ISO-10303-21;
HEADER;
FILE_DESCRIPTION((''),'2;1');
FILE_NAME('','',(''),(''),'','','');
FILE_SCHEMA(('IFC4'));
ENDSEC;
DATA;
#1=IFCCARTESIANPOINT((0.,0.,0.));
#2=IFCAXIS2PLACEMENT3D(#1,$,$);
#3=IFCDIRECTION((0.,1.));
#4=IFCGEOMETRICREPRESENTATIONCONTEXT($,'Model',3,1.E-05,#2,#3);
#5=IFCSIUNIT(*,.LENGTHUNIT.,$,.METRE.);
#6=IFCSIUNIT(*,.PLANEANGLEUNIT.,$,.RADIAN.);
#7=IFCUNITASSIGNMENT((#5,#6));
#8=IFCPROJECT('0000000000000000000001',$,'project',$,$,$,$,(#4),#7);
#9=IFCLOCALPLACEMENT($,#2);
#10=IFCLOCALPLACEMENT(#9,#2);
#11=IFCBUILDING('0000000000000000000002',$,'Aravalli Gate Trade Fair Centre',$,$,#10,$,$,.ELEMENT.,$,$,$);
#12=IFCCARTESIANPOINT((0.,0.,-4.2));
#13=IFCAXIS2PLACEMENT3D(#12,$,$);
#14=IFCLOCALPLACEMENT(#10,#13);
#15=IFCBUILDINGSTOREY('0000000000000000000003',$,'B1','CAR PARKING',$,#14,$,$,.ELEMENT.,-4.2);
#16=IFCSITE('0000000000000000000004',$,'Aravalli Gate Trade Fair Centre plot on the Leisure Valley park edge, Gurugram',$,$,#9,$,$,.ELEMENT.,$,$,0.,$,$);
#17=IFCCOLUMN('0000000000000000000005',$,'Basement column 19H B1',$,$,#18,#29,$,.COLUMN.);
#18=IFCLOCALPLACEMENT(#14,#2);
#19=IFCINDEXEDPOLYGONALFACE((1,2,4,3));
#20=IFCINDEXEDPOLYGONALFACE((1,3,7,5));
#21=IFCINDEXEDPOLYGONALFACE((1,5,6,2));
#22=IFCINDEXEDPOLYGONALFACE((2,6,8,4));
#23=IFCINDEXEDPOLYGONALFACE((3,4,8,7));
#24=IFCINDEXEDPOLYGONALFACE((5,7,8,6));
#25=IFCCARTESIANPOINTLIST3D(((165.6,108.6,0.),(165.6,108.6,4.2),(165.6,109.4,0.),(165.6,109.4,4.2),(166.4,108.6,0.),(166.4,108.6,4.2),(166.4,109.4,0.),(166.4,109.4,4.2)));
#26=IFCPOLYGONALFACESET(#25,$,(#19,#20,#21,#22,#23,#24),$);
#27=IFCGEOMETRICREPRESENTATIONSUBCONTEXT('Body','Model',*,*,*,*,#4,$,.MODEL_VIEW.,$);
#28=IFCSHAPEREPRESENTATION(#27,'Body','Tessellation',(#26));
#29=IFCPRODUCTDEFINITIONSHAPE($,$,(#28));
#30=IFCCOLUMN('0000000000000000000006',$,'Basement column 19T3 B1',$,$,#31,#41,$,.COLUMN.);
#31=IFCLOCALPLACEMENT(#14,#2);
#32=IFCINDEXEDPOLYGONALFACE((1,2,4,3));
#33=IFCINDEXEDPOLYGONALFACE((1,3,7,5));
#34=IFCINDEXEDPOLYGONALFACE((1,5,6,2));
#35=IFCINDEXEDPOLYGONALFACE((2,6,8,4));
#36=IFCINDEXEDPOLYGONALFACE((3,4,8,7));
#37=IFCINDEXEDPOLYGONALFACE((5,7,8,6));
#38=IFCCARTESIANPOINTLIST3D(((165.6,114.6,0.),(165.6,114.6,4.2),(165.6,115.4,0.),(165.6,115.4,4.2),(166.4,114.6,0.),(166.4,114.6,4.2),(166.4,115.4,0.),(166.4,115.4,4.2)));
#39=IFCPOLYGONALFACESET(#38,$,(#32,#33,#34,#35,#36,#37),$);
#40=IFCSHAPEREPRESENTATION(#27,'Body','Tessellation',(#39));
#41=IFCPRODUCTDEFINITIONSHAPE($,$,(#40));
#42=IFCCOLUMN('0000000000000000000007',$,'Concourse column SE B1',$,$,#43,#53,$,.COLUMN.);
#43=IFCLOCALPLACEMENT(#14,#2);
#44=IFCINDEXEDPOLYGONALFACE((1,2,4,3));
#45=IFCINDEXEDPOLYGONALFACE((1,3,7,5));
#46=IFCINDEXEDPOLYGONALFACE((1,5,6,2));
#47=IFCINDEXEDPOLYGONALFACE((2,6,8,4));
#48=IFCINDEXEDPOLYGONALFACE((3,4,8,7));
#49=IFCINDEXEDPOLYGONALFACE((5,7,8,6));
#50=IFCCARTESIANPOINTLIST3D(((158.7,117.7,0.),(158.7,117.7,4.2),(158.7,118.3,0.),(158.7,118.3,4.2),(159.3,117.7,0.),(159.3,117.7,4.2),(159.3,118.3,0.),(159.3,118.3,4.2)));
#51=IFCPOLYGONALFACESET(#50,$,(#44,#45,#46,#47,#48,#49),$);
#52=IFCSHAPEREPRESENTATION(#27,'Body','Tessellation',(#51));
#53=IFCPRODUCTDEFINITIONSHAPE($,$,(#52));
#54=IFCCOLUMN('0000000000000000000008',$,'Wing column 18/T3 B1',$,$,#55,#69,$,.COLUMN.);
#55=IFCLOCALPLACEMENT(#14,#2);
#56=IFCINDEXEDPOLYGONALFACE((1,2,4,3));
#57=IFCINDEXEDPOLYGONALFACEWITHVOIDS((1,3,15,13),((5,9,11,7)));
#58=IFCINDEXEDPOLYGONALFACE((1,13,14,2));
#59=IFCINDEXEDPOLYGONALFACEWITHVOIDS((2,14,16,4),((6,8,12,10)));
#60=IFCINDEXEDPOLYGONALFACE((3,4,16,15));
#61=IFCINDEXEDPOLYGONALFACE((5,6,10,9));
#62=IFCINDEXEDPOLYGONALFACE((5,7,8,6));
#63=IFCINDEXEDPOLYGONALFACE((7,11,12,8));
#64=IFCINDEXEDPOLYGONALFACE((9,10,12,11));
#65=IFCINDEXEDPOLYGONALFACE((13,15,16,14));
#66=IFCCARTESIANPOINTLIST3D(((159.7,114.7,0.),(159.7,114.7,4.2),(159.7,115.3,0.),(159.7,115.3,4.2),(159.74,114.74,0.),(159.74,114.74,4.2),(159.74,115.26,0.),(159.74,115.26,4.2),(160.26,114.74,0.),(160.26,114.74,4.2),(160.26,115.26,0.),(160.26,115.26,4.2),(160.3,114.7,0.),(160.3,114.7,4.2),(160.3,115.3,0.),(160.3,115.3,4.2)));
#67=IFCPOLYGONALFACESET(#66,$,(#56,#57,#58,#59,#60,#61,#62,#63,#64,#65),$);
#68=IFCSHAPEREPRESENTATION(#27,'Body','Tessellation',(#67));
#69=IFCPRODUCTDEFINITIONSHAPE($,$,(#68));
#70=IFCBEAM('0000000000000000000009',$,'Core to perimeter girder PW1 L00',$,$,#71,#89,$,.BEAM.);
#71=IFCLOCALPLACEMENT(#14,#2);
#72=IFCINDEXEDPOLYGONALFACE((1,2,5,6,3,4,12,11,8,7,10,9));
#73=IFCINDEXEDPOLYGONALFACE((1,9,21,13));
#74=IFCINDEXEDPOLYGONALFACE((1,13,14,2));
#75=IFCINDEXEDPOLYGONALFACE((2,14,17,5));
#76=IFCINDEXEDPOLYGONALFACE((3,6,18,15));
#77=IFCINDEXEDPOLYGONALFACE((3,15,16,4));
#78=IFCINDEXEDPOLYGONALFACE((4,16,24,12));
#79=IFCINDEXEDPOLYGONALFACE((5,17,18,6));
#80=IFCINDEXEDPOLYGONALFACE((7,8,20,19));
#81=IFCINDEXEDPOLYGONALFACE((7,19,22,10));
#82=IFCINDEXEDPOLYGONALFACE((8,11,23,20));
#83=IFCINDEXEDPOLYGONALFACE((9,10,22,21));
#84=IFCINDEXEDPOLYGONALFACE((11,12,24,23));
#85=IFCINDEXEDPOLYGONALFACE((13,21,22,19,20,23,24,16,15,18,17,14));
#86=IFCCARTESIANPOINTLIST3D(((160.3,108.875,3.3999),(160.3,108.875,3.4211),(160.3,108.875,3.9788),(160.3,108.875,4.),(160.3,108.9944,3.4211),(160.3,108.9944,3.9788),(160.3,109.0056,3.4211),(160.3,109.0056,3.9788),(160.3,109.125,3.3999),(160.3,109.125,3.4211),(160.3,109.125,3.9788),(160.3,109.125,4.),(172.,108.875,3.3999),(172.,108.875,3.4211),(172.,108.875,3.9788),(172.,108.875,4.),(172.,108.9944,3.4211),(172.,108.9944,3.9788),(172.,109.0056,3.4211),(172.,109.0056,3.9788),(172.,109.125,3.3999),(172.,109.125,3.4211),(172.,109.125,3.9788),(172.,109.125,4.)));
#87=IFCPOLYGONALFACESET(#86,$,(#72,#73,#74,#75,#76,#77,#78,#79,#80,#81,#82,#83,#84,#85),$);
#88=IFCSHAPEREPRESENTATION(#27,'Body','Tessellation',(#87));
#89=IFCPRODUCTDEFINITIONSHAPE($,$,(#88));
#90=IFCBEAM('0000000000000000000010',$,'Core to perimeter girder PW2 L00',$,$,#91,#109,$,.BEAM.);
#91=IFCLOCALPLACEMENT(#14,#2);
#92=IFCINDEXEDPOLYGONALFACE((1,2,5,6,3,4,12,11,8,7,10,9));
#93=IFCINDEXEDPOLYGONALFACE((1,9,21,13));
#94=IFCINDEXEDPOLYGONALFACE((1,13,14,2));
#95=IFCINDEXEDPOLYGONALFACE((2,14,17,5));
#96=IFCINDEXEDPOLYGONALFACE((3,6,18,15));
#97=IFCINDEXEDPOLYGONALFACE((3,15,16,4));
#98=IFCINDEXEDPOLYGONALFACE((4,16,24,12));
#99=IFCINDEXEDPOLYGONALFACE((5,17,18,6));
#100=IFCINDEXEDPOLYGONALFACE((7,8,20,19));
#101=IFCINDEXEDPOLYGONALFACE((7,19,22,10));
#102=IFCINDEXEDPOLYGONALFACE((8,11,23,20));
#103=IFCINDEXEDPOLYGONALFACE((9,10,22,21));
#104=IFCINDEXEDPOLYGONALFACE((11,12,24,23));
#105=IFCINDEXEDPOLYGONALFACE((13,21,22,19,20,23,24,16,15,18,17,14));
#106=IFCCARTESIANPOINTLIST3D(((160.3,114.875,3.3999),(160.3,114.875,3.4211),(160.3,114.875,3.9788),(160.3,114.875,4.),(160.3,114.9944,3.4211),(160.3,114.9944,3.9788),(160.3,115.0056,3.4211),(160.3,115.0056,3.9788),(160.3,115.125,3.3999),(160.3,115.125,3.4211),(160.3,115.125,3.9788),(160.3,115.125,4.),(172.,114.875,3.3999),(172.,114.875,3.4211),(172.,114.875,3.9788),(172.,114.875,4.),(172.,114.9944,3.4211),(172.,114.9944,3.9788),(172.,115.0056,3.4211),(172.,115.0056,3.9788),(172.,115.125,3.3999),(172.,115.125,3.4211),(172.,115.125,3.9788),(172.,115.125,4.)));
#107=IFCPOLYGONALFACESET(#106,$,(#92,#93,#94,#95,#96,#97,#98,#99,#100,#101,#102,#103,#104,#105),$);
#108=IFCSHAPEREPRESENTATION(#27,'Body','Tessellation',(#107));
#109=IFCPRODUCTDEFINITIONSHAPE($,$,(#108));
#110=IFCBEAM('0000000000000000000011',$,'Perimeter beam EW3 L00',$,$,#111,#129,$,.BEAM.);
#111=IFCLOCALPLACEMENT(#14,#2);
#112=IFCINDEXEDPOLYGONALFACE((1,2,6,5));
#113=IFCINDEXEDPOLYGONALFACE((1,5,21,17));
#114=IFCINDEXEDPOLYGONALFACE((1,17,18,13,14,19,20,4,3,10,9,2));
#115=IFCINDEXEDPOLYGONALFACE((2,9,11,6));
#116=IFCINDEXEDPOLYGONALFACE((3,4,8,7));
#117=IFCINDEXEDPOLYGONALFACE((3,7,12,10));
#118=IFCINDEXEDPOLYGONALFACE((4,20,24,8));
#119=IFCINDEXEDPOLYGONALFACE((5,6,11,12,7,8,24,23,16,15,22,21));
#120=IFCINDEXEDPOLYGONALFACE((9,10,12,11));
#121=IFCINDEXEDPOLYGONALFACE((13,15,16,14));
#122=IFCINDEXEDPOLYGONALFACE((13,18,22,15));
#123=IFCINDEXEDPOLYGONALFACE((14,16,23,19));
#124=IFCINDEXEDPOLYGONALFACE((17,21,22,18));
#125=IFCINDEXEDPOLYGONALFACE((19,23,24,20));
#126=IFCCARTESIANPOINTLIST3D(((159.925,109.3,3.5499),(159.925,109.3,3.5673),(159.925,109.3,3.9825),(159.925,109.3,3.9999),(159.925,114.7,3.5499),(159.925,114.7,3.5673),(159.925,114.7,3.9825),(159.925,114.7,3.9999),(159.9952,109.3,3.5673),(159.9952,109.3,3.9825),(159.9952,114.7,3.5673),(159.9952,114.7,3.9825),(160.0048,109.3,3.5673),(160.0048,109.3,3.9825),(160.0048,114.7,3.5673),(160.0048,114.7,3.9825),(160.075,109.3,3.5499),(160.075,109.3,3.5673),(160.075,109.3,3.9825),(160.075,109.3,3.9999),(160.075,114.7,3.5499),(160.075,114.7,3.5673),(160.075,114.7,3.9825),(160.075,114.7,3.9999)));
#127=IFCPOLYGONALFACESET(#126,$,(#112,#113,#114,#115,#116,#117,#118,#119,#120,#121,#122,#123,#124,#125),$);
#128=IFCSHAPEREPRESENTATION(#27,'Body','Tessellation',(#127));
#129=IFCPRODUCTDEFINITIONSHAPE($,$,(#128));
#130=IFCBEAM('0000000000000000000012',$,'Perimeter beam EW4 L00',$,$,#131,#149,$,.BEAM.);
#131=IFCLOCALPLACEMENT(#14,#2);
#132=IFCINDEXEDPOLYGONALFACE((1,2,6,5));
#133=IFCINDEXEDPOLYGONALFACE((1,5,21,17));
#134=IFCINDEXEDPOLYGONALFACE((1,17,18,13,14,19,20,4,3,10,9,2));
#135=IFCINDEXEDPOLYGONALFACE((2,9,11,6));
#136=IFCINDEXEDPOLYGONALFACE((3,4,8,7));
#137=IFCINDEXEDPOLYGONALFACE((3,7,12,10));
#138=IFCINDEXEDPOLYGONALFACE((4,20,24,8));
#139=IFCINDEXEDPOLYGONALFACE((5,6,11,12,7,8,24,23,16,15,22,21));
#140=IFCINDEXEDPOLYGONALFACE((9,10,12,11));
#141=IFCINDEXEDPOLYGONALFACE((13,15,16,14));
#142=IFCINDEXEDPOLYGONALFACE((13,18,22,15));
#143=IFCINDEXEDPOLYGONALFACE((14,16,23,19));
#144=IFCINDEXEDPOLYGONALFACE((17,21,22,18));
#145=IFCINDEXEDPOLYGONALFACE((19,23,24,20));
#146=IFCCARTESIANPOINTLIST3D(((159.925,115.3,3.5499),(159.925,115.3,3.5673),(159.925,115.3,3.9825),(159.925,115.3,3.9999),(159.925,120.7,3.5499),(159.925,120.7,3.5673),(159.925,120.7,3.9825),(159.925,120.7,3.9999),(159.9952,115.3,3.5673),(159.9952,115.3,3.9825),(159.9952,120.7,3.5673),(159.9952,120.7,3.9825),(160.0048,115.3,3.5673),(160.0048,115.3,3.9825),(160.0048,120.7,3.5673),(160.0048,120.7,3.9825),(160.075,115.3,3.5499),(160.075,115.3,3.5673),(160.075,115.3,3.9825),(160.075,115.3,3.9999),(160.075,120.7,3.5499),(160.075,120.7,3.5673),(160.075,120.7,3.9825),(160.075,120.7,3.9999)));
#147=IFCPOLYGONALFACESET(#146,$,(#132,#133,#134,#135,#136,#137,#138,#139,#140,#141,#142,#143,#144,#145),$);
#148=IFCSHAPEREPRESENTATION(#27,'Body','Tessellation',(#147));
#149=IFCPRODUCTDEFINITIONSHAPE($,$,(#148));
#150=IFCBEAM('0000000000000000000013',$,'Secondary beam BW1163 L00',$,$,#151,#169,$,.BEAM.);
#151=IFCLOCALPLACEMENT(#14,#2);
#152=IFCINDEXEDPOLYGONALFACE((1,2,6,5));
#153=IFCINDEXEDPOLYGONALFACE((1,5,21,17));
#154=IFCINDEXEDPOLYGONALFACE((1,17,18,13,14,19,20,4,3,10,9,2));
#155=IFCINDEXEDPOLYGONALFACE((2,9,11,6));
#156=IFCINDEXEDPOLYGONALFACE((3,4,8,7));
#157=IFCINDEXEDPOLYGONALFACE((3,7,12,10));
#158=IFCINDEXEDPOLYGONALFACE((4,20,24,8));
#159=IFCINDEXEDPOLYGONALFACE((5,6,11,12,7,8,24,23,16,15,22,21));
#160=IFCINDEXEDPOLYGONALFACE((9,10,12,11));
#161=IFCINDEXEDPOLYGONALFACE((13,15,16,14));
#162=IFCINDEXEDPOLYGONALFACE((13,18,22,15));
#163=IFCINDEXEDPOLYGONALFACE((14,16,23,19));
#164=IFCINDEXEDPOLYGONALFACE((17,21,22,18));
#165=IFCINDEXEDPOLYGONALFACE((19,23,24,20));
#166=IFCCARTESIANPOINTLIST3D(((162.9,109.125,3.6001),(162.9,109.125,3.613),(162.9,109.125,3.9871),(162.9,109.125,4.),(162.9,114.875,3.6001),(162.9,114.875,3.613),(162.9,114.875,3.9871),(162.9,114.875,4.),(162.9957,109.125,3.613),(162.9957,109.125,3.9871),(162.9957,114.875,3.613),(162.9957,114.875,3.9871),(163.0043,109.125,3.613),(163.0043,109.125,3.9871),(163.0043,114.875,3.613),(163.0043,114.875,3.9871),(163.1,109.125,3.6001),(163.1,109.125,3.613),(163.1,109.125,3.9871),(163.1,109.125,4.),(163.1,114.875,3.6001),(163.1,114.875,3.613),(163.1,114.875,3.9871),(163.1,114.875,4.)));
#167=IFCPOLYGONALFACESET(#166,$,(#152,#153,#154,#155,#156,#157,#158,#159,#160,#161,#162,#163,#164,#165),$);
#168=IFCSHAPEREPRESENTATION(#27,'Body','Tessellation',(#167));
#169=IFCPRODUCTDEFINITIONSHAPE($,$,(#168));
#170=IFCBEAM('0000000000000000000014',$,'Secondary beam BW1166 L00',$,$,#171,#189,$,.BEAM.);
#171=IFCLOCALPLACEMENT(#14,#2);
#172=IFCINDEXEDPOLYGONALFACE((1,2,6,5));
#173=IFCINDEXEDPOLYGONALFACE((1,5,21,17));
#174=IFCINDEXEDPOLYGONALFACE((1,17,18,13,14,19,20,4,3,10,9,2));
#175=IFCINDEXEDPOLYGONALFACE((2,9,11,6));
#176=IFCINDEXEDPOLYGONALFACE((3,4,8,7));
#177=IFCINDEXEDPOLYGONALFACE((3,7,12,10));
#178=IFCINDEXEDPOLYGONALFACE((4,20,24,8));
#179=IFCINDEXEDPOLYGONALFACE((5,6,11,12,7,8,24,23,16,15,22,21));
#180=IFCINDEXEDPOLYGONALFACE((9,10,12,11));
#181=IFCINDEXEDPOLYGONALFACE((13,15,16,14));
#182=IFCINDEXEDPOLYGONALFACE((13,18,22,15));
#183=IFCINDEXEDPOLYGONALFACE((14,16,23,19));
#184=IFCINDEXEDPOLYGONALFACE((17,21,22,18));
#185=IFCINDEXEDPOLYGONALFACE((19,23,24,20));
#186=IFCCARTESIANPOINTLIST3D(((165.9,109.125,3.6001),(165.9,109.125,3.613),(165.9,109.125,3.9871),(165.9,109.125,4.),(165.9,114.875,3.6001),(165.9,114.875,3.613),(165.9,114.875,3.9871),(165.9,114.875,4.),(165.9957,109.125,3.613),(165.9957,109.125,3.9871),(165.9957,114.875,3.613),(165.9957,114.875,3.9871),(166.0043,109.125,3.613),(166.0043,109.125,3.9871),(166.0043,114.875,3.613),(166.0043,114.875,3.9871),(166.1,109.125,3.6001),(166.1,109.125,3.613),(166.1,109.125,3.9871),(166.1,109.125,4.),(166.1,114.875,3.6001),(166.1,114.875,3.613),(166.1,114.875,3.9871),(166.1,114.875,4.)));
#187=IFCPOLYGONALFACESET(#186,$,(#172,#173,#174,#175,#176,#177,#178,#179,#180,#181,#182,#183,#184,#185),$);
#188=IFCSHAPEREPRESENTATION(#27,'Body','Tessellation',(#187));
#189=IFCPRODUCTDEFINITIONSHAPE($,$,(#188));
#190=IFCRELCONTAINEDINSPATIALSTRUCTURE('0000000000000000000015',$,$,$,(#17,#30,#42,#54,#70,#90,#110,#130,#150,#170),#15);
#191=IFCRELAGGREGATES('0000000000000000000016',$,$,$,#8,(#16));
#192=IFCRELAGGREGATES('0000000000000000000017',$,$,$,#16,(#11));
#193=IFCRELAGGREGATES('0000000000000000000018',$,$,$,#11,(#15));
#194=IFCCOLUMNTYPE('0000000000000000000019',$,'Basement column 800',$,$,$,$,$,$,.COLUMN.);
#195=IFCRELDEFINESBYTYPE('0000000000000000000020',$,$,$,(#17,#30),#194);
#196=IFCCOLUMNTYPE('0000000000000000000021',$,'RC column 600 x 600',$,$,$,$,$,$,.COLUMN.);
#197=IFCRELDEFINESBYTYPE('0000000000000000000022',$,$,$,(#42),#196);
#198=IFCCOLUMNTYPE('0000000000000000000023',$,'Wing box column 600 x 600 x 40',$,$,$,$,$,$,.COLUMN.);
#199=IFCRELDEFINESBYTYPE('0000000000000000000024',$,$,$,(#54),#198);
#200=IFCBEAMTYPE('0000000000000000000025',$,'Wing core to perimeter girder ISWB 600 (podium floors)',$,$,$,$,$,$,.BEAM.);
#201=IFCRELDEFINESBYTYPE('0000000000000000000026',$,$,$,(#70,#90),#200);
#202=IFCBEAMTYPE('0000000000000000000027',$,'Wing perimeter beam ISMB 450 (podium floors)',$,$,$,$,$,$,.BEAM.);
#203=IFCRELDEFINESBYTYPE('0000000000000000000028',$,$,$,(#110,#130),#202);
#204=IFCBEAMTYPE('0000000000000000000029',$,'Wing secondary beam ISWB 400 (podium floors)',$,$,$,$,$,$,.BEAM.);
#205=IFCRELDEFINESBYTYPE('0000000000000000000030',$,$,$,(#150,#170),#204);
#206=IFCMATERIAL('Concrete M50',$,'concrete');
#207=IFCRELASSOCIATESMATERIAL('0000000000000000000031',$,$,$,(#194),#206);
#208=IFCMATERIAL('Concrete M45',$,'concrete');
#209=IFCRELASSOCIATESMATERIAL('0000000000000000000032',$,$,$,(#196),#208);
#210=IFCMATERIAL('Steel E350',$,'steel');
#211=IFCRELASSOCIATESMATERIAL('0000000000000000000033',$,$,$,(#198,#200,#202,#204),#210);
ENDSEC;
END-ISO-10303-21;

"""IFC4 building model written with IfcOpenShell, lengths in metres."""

from ifc_helpers import new_model, si_unit, direction, frame, origin, origin_2d, place, context, subcontext, project, spatial, rectangle, hollow_rectangle, i_section, extrude, material, material_profile, profile_set, type_object, element, save


model = new_model("IFC4")

# Units and contexts
model_context = context("Model", 3, precision=1e-05, world=origin(), true_north=direction((0.0, 1.0)))
body_context = subcontext(model_context, "Body", "Model", "MODEL_VIEW")
ifc_project = project(units=[si_unit("LENGTHUNIT", "METRE"), si_unit("PLANEANGLEUNIT", "RADIAN")], contexts=[model_context])

# Site, building, storey
site_placement = place(None, origin())
site = spatial("IfcSite", under=ifc_project, at=site_placement, Name="Aravalli Gate Trade Fair Centre plot on the Leisure Valley park edge, Gurugram", CompositionType="ELEMENT", RefElevation=0.0)
building_placement = place(site_placement, origin())
building = spatial("IfcBuilding", under=site, at=building_placement, Name="Aravalli Gate Trade Fair Centre", CompositionType="ELEMENT")
storey_placement = place(building_placement, frame((0.0, 0.0, -4.2)))
storey = spatial("IfcBuildingStorey", under=building, at=storey_placement, Name="B1", Description="CAR PARKING", CompositionType="ELEMENT", Elevation=-4.2)

# Columns
ifc_material_1 = material(Name="Concrete M50", Category="concrete")
ifc_material_profile_1 = material_profile(ifc_material_1, rectangle(XDim=0.8, YDim=0.8, at=origin_2d()), Name="RC 800 x 800")
ifc_profile_set_1 = profile_set([ifc_material_profile_1], Name="Concrete M50")
column_type_1 = type_object("IfcColumnType", Name="Basement column 800", PredefinedType="COLUMN", material=ifc_profile_set_1)
for number, where, z_axis, x_axis, name in (
    (1, (166.0, 109.0, 0.0), (0.0, 0.0, 1.0), (1.0, 0.0, 0.0), "Basement column 19H B1"),
    (2, (166.0, 115.0, 0.0), (0.0, 0.0, 1.0), (1.0, 0.0, 0.0), "Basement column 19T3 B1"),
):
    element("IfcColumn", number, at=place(storey_placement, frame(where, z_axis=z_axis, x_axis=x_axis)), inside=storey, type_object=column_type_1, Name=name, PredefinedType="COLUMN", context=body_context, shape_type="SweptSolid", body=[
        extrude(rectangle(XDim=0.8, YDim=0.8, at=origin_2d()), origin(), (0.0, 0.0, 1.0), 4.2),
    ])
ifc_material_2 = material(Name="Concrete M45", Category="concrete")
ifc_material_profile_2 = material_profile(ifc_material_2, rectangle(XDim=0.6001, YDim=0.6001, at=origin_2d()), Name="RC column 600 x 600")
ifc_profile_set_2 = profile_set([ifc_material_profile_2], Name="Concrete M45")
column_type_2 = type_object("IfcColumnType", Name="RC column 600 x 600", PredefinedType="COLUMN", material=ifc_profile_set_2)
column_1_placement = place(storey_placement, frame((159.0, 118.0, 0.0), z_axis=(0.0, 0.0, 1.0), x_axis=(1.0, 0.0, 0.0)))
element("IfcColumn", 3, at=column_1_placement, inside=storey, type_object=column_type_2, Name="Concourse column SE B1", PredefinedType="COLUMN", context=body_context, shape_type="SweptSolid", body=[
    extrude(rectangle(XDim=0.6001, YDim=0.6001, at=origin_2d()), origin(), (0.0, 0.0, 1.0), 4.2),
])
ifc_material_3 = material(Name="Steel E350", Category="steel")
ifc_material_profile_3 = material_profile(ifc_material_3, hollow_rectangle(XDim=0.6001, YDim=0.6001, WallThickness=0.04, at=origin_2d()), Name="BOX 600x600x40")
ifc_profile_set_3 = profile_set([ifc_material_profile_3], Name="Steel E350")
column_type_3 = type_object("IfcColumnType", Name="Wing box column 600 x 600 x 40", PredefinedType="COLUMN", material=ifc_profile_set_3)
column_2_placement = place(storey_placement, frame((160.0, 115.0, 0.0), z_axis=(0.0, 0.0, 1.0), x_axis=(1.0, 0.0, 0.0)))
element("IfcColumn", 4, at=column_2_placement, inside=storey, type_object=column_type_3, Name="Wing column 18/T3 B1", PredefinedType="COLUMN", context=body_context, shape_type="SweptSolid", body=[
    extrude(hollow_rectangle(XDim=0.6001, YDim=0.6001, WallThickness=0.04, at=origin_2d()), origin(), (0.0, 0.0, 1.0), 4.2),
])

# Beams
ifc_material_profile_4 = material_profile(ifc_material_3, i_section(OverallWidth=0.25, OverallDepth=0.6001, WebThickness=0.0112, FlangeThickness=0.0212, at=origin_2d()), Name="ISWB 600")
ifc_profile_set_4 = profile_set([ifc_material_profile_4], Name="Steel E350")
beam_type_1 = type_object("IfcBeamType", Name="Wing core to perimeter girder ISWB 600 (podium floors)", PredefinedType="BEAM", material=ifc_profile_set_4)
for number, where, z_axis, x_axis, name in (
    (5, (160.3, 109.0, 3.7), (1.0, 0.0, 0.0), (0.0, 1.0, 0.0), "Core to perimeter girder PW1 L00"),
    (6, (160.3, 115.0, 3.7), (1.0, 0.0, 0.0), (0.0, 1.0, 0.0), "Core to perimeter girder PW2 L00"),
):
    element("IfcBeam", number, at=place(storey_placement, frame(where, z_axis=z_axis, x_axis=x_axis)), inside=storey, type_object=beam_type_1, Name=name, PredefinedType="BEAM", context=body_context, shape_type="SweptSolid", body=[
        extrude(i_section(OverallWidth=0.25, OverallDepth=0.6001, WebThickness=0.0112, FlangeThickness=0.0212, at=origin_2d()), origin(), (0.0, 0.0, 1.0), 11.7),
    ])
ifc_material_profile_5 = material_profile(ifc_material_3, i_section(OverallWidth=0.1499, OverallDepth=0.45, WebThickness=0.0095, FlangeThickness=0.0173, at=origin_2d()), Name="ISMB 450")
ifc_profile_set_5 = profile_set([ifc_material_profile_5], Name="Steel E350")
beam_type_2 = type_object("IfcBeamType", Name="Wing perimeter beam ISMB 450 (podium floors)", PredefinedType="BEAM", material=ifc_profile_set_5)
for number, where, z_axis, x_axis, name in (
    (7, (160.0, 109.3, 3.7749), (0.0, 1.0, 0.0), (-1.0, 0.0, 0.0), "Perimeter beam EW3 L00"),
    (8, (160.0, 115.3, 3.7749), (0.0, 1.0, 0.0), (-1.0, 0.0, 0.0), "Perimeter beam EW4 L00"),
):
    element("IfcBeam", number, at=place(storey_placement, frame(where, z_axis=z_axis, x_axis=x_axis)), inside=storey, type_object=beam_type_2, Name=name, PredefinedType="BEAM", context=body_context, shape_type="SweptSolid", body=[
        extrude(i_section(OverallWidth=0.1499, OverallDepth=0.45, WebThickness=0.0095, FlangeThickness=0.0173, at=origin_2d()), origin(), (0.0, 0.0, 1.0), 5.3999),
    ])
ifc_material_profile_6 = material_profile(ifc_material_3, i_section(OverallWidth=0.2, OverallDepth=0.3999, WebThickness=0.0085, FlangeThickness=0.0129, at=origin_2d()), Name="ISWB 400")
ifc_profile_set_6 = profile_set([ifc_material_profile_6], Name="Steel E350")
beam_type_3 = type_object("IfcBeamType", Name="Wing secondary beam ISWB 400 (podium floors)", PredefinedType="BEAM", material=ifc_profile_set_6)
for number, where, z_axis, x_axis, name in (
    (9, (163.0, 109.125, 3.8), (0.0, 1.0, 0.0), (-1.0, 0.0, 0.0), "Secondary beam BW1163 L00"),
    (10, (166.0, 109.125, 3.8), (0.0, 1.0, 0.0), (-1.0, 0.0, 0.0), "Secondary beam BW1166 L00"),
):
    element("IfcBeam", number, at=place(storey_placement, frame(where, z_axis=z_axis, x_axis=x_axis)), inside=storey, type_object=beam_type_3, Name=name, PredefinedType="BEAM", context=body_context, shape_type="SweptSolid", body=[
        extrude(i_section(OverallWidth=0.2, OverallDepth=0.3999, WebThickness=0.0085, FlangeThickness=0.0129, at=origin_2d()), origin(), (0.0, 0.0, 1.0), 5.75),
    ])

save(model, "model.ifc")
